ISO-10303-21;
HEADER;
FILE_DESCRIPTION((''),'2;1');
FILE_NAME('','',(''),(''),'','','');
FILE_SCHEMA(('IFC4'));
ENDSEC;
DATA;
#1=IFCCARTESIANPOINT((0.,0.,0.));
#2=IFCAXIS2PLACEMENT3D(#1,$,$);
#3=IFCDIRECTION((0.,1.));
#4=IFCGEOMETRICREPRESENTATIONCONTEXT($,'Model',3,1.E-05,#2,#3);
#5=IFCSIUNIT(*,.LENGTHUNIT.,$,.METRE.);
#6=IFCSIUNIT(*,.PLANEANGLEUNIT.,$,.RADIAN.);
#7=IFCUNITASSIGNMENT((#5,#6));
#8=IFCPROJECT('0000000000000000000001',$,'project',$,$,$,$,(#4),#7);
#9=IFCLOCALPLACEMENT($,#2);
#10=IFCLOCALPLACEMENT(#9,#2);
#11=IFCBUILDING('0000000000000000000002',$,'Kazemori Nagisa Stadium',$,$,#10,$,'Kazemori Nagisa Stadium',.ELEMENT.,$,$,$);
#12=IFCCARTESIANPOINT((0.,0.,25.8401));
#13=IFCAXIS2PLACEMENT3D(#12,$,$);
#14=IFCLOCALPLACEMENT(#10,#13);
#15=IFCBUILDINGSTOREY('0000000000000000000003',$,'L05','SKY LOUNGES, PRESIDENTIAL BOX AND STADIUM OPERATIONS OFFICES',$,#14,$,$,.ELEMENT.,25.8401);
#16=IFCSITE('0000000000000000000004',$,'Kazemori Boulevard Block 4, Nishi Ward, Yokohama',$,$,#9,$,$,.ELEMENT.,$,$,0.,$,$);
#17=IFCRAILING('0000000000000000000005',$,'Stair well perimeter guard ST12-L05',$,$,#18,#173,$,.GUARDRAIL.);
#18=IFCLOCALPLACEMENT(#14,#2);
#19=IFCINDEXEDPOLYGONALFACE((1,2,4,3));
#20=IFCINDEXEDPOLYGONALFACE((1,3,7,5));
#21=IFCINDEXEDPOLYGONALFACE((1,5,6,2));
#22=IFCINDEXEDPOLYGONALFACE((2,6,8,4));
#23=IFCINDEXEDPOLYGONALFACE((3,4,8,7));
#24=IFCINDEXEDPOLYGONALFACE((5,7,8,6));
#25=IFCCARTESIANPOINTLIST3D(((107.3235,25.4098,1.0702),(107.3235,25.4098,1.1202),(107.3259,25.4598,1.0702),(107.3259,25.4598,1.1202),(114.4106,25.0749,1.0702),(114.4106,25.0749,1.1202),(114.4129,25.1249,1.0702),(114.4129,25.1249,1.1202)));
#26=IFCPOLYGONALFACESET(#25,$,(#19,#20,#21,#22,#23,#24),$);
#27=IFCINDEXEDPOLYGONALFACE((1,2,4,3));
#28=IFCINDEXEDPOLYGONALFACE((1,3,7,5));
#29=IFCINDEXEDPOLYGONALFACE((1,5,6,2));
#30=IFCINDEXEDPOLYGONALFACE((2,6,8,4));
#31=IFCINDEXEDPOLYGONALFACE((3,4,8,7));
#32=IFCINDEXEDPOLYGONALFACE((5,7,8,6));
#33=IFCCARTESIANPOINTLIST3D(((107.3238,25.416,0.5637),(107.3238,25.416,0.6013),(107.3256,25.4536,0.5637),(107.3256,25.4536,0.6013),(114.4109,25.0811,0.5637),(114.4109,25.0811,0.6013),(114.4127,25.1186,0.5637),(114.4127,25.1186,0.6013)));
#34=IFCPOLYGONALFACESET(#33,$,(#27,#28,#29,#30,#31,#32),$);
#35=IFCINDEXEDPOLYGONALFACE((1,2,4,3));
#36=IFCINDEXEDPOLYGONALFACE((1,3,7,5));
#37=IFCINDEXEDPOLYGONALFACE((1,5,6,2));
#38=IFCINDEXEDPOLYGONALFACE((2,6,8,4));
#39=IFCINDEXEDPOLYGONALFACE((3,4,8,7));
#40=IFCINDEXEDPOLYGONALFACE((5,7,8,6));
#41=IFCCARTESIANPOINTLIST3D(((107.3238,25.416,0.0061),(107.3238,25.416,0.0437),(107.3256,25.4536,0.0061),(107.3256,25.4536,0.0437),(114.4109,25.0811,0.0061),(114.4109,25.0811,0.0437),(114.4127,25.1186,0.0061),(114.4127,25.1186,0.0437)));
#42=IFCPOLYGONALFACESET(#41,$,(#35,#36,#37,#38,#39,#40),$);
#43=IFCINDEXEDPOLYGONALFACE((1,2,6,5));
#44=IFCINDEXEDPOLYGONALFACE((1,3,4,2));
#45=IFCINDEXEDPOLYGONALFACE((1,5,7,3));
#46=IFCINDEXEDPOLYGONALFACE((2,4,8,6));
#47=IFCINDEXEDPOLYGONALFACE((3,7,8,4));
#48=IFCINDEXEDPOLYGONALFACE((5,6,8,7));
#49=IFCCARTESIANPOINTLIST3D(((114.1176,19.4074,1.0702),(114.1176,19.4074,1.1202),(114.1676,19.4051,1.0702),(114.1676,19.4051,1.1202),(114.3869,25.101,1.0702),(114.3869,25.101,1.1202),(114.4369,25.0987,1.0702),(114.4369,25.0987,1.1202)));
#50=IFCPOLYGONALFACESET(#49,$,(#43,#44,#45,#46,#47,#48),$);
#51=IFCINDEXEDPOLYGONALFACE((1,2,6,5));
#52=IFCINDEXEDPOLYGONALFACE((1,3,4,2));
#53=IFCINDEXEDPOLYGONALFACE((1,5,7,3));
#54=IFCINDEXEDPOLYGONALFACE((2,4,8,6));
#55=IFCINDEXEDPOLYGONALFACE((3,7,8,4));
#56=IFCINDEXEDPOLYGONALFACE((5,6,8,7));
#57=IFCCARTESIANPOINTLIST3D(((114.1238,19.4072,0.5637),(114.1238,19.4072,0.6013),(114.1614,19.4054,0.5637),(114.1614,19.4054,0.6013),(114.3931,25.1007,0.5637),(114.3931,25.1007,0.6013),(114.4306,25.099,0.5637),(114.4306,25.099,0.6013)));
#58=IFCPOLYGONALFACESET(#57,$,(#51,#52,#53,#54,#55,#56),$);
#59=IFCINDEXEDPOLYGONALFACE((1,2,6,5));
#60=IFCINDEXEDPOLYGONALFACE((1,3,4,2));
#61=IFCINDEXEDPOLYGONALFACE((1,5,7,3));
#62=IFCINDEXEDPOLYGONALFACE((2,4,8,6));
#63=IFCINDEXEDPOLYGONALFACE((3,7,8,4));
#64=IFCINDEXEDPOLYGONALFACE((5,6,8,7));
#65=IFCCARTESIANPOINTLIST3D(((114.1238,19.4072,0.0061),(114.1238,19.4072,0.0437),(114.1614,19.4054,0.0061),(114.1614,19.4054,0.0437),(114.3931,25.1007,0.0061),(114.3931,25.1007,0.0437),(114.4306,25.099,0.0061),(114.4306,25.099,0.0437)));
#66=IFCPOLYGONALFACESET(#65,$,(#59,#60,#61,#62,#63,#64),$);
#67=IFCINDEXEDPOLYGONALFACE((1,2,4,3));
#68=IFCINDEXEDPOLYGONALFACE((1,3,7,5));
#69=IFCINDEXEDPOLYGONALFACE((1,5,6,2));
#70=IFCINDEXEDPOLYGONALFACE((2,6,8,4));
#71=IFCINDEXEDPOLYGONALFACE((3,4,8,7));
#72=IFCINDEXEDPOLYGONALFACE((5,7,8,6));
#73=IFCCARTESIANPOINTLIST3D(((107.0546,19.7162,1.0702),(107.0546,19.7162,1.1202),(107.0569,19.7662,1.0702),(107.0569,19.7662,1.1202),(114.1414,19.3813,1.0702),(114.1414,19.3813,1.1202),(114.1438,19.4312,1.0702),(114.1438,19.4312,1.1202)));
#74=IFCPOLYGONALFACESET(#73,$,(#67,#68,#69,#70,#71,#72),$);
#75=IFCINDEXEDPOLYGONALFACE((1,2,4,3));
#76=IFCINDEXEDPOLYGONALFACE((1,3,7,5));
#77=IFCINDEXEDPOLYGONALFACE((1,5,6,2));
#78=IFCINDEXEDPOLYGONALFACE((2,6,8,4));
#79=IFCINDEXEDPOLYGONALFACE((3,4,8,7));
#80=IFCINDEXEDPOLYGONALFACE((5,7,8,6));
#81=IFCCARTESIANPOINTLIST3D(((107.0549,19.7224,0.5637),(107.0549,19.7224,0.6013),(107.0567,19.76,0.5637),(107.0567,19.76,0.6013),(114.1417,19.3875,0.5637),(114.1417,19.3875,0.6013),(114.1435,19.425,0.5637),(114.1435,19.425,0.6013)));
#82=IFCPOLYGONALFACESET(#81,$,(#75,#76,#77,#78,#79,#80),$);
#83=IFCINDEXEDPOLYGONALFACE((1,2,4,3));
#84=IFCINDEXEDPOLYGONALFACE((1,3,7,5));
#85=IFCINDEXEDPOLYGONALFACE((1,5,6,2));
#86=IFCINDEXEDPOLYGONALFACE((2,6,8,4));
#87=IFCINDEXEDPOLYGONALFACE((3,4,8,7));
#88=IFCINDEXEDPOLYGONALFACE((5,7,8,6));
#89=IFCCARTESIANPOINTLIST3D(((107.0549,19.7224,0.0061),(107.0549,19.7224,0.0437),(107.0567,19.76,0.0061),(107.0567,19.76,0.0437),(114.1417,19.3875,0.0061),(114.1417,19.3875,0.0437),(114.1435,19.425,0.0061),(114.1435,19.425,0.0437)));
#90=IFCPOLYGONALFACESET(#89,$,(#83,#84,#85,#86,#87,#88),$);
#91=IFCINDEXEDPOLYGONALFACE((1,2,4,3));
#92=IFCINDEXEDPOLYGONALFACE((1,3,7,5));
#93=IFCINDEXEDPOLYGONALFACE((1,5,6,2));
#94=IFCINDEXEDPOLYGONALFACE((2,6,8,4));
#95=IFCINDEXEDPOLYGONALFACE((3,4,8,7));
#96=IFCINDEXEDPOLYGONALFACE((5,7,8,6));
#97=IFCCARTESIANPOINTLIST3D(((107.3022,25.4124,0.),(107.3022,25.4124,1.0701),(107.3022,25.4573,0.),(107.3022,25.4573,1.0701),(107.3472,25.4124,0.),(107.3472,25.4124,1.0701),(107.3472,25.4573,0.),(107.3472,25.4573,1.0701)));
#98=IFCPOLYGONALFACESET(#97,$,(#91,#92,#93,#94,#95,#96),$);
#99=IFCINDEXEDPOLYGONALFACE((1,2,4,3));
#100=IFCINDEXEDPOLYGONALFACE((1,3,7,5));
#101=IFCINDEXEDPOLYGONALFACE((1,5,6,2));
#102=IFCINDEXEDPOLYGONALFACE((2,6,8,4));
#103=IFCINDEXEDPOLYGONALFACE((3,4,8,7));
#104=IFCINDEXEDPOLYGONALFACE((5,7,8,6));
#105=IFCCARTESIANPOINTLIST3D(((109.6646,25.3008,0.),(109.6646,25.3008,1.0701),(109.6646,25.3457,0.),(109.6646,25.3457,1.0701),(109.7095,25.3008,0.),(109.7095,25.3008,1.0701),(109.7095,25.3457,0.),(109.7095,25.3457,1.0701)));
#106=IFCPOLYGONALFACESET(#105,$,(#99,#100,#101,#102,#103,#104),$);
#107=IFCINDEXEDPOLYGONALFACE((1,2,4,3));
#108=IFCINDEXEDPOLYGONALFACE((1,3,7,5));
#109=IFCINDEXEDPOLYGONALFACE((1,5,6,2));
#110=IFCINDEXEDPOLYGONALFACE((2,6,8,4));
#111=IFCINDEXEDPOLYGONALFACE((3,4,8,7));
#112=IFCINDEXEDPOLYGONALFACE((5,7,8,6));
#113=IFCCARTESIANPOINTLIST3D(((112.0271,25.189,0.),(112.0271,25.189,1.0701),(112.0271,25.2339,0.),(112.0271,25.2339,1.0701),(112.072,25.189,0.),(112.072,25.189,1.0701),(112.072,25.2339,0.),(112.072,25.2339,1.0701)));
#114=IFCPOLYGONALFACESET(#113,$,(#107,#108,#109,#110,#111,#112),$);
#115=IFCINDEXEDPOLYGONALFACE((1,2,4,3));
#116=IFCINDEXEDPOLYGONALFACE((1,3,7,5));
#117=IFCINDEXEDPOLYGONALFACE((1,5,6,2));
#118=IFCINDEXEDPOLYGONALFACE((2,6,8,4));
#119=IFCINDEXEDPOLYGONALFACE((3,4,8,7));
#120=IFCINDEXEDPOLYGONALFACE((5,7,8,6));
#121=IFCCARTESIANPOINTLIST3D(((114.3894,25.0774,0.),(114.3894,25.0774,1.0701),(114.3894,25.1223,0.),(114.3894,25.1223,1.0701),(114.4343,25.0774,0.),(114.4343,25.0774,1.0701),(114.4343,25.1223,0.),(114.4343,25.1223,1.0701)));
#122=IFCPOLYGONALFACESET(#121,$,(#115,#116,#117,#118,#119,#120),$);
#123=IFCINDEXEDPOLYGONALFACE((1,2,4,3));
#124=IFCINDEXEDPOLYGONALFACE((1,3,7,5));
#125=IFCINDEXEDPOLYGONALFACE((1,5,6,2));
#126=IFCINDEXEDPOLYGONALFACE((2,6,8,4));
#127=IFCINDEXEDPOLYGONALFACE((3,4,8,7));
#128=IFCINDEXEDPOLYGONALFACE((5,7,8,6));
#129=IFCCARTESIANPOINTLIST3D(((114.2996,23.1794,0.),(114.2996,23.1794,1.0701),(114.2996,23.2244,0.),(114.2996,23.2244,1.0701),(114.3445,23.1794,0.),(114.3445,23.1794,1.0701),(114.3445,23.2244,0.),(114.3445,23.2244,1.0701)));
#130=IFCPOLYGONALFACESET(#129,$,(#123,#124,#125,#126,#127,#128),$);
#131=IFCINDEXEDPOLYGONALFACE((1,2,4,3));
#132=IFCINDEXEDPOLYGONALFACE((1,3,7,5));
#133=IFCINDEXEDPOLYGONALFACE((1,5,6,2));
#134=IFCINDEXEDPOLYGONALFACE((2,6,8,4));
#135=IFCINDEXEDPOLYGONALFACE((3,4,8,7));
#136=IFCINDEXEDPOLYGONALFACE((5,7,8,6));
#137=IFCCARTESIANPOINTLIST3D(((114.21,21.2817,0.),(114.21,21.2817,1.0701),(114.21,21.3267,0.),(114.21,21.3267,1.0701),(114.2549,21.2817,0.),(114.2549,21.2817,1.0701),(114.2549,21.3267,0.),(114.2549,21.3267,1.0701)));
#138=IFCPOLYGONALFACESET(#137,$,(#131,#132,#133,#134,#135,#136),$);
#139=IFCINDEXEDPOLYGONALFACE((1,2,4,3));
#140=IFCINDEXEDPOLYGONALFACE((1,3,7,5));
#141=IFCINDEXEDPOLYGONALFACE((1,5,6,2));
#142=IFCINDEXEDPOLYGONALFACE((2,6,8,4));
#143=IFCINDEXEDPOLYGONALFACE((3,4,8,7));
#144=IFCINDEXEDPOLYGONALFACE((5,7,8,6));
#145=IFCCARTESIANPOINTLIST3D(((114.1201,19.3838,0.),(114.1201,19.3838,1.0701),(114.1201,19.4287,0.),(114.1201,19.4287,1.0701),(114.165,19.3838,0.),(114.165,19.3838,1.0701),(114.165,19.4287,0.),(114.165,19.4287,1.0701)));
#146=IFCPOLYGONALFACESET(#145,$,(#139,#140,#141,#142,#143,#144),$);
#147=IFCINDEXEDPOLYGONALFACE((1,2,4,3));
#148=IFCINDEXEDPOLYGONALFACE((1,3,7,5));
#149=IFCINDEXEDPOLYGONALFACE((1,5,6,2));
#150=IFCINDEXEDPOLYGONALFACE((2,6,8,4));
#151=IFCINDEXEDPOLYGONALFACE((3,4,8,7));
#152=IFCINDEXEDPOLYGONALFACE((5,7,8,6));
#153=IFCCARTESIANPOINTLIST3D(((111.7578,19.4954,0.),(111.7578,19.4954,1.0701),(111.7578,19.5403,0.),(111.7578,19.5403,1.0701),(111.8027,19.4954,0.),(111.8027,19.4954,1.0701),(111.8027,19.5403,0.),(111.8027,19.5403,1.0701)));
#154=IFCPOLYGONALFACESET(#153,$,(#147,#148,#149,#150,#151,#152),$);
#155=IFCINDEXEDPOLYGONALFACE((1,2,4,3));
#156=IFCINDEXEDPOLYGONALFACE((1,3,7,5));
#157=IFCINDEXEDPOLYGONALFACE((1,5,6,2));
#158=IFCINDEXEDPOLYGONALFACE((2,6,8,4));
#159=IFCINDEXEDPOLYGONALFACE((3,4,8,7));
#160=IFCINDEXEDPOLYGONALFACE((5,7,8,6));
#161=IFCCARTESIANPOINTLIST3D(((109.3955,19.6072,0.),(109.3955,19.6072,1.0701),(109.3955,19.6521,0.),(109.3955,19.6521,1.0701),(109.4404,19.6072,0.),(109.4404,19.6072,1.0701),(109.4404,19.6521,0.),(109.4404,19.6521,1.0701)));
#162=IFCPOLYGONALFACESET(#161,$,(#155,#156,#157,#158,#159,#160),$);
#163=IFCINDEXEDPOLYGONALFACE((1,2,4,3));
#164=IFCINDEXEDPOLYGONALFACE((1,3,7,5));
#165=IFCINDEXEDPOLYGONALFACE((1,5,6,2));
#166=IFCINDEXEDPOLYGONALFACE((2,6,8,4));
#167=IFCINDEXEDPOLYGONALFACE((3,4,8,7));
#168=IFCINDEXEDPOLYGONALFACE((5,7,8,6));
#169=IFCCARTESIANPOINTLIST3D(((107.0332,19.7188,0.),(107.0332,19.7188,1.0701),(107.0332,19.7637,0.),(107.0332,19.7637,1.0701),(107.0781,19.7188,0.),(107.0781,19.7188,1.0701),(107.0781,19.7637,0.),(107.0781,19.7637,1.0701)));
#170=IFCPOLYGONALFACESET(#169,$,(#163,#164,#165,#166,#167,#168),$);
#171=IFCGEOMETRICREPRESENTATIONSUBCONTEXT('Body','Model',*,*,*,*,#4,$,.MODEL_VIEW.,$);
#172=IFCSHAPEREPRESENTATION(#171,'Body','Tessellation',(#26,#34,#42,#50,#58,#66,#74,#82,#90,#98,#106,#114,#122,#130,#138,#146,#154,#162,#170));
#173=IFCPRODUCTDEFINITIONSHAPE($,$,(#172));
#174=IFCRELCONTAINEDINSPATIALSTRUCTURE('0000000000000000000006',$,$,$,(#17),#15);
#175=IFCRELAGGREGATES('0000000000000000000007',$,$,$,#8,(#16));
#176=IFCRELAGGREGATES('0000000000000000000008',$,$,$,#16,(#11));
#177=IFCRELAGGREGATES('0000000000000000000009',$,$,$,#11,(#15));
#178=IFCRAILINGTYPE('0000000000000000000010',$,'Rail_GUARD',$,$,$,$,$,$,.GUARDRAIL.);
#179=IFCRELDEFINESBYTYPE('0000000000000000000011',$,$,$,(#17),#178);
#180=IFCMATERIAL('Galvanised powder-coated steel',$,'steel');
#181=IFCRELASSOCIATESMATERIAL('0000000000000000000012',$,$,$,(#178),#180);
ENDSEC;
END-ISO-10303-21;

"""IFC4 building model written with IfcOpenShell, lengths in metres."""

from ifc_helpers import new_model, si_unit, direction, frame, origin, origin_2d, place, context, subcontext, project, spatial, rectangle, extrude, material, type_object, element, save


model = new_model("IFC4")

# Units and contexts
model_context = context("Model", 3, precision=1e-05, world=origin(), true_north=direction((0.0, 1.0)))
body_context = subcontext(model_context, "Body", "Model", "MODEL_VIEW")
ifc_project = project(units=[si_unit("LENGTHUNIT", "METRE"), si_unit("PLANEANGLEUNIT", "RADIAN")], contexts=[model_context])

# Site, building, storey
site_placement = place(None, origin())
site = spatial("IfcSite", under=ifc_project, at=site_placement, Name="Kazemori Boulevard Block 4, Nishi Ward, Yokohama", CompositionType="ELEMENT", RefElevation=0.0)
building_placement = place(site_placement, origin())
building = spatial("IfcBuilding", under=site, at=building_placement, Name="Kazemori Nagisa Stadium", LongName="Kazemori Nagisa Stadium", CompositionType="ELEMENT")
storey_placement = place(building_placement, frame((0.0, 0.0, 25.8401)))
storey = spatial("IfcBuildingStorey", under=building, at=storey_placement, Name="L05", Description="SKY LOUNGES, PRESIDENTIAL BOX AND STADIUM OPERATIONS OFFICES", CompositionType="ELEMENT", Elevation=25.8401)

# Railing
ifc_material_1 = material(Name="Galvanised powder-coated steel", Category="steel")
railing_type_1 = type_object("IfcRailingType", Name="Rail_GUARD", PredefinedType="GUARDRAIL", material=ifc_material_1)
railing_1_placement = place(storey_placement, frame((107.3247, 25.4348, 0.0)))
element("IfcRailing", 1, at=railing_1_placement, inside=storey, type_object=railing_type_1, Name="Stair well perimeter guard ST12-L05", PredefinedType="GUARDRAIL", context=body_context, shape_type="SweptSolid", body=[
    extrude(rectangle(XDim=0.05, YDim=0.05, at=origin_2d()), frame((0.0, 0.0, 1.0952), z_axis=(0.998885, -0.04721, 0.0), x_axis=(0.04721, 0.998885, 0.0)), (0.0, 0.0, 1.0), 7.095),
    extrude(rectangle(XDim=0.0376, YDim=0.0376, at=origin_2d()), frame((0.0, 0.0, 0.5825), z_axis=(0.998885, -0.04721, 0.0), x_axis=(0.04721, 0.998885, 0.0)), (0.0, 0.0, 1.0), 7.095),
    extrude(rectangle(XDim=0.0376, YDim=0.0376, at=origin_2d()), frame((0.0, 0.0, 0.0249), z_axis=(0.998885, -0.04721, 0.0), x_axis=(0.04721, 0.998885, 0.0)), (0.0, 0.0, 1.0), 7.095),
    extrude(rectangle(XDim=0.05, YDim=0.05, at=origin_2d()), frame((7.0872, -0.335, 1.0952), z_axis=(-0.047244, -0.998883, 0.0), x_axis=(0.998883, -0.047244, 0.0)), (0.0, 0.0, 1.0), 5.7),
    extrude(rectangle(XDim=0.0376, YDim=0.0376, at=origin_2d()), frame((7.0872, -0.335, 0.5825), z_axis=(-0.047244, -0.998883, 0.0), x_axis=(0.998883, -0.047244, 0.0)), (0.0, 0.0, 1.0), 5.7),
    extrude(rectangle(XDim=0.0376, YDim=0.0376, at=origin_2d()), frame((7.0872, -0.335, 0.0249), z_axis=(-0.047244, -0.998883, 0.0), x_axis=(0.998883, -0.047244, 0.0)), (0.0, 0.0, 1.0), 5.7),
    extrude(rectangle(XDim=0.05, YDim=0.05, at=origin_2d()), frame((6.8179, -6.0286, 1.0952), z_axis=(-0.998885, 0.047212, 0.0), x_axis=(-0.047212, -0.998885, 0.0)), (0.0, 0.0, 1.0), 7.0947),
    extrude(rectangle(XDim=0.0376, YDim=0.0376, at=origin_2d()), frame((6.8179, -6.0286, 0.5825), z_axis=(-0.998885, 0.047212, 0.0), x_axis=(-0.047212, -0.998885, 0.0)), (0.0, 0.0, 1.0), 7.0947),
    extrude(rectangle(XDim=0.0376, YDim=0.0376, at=origin_2d()), frame((6.8179, -6.0286, 0.0249), z_axis=(-0.998885, 0.047212, 0.0), x_axis=(-0.047212, -0.998885, 0.0)), (0.0, 0.0, 1.0), 7.0947),
    extrude(rectangle(XDim=0.0449, YDim=0.0449, at=origin_2d()), origin(), (0.0, 0.0, 1.0), 1.0701),
    extrude(rectangle(XDim=0.0449, YDim=0.0449, at=origin_2d()), frame((2.3623, -0.1116, 0.0)), (0.0, 0.0, 1.0), 1.0701),
    extrude(rectangle(XDim=0.0449, YDim=0.0449, at=origin_2d()), frame((4.7249, -0.2234, 0.0)), (0.0, 0.0, 1.0), 1.0701),
    extrude(rectangle(XDim=0.0449, YDim=0.0449, at=origin_2d()), frame((7.0872, -0.335, 0.0)), (0.0, 0.0, 1.0), 1.0701),
    extrude(rectangle(XDim=0.0449, YDim=0.0449, at=origin_2d()), frame((6.9973, -2.2329, 0.0)), (0.0, 0.0, 1.0), 1.0701),
    extrude(rectangle(XDim=0.0449, YDim=0.0449, at=origin_2d()), frame((6.9077, -4.1306, 0.0)), (0.0, 0.0, 1.0), 1.0701),
    extrude(rectangle(XDim=0.0449, YDim=0.0449, at=origin_2d()), frame((6.8179, -6.0286, 0.0)), (0.0, 0.0, 1.0), 1.0701),
    extrude(rectangle(XDim=0.0449, YDim=0.0449, at=origin_2d()), frame((4.4556, -5.917, 0.0)), (0.0, 0.0, 1.0), 1.0701),
    extrude(rectangle(XDim=0.0449, YDim=0.0449, at=origin_2d()), frame((2.0933, -5.8052, 0.0)), (0.0, 0.0, 1.0), 1.0701),
    extrude(rectangle(XDim=0.0449, YDim=0.0449, at=origin_2d()), frame((-0.269, -5.6936, 0.0)), (0.0, 0.0, 1.0), 1.0701),
])

save(model, "model.ifc")
